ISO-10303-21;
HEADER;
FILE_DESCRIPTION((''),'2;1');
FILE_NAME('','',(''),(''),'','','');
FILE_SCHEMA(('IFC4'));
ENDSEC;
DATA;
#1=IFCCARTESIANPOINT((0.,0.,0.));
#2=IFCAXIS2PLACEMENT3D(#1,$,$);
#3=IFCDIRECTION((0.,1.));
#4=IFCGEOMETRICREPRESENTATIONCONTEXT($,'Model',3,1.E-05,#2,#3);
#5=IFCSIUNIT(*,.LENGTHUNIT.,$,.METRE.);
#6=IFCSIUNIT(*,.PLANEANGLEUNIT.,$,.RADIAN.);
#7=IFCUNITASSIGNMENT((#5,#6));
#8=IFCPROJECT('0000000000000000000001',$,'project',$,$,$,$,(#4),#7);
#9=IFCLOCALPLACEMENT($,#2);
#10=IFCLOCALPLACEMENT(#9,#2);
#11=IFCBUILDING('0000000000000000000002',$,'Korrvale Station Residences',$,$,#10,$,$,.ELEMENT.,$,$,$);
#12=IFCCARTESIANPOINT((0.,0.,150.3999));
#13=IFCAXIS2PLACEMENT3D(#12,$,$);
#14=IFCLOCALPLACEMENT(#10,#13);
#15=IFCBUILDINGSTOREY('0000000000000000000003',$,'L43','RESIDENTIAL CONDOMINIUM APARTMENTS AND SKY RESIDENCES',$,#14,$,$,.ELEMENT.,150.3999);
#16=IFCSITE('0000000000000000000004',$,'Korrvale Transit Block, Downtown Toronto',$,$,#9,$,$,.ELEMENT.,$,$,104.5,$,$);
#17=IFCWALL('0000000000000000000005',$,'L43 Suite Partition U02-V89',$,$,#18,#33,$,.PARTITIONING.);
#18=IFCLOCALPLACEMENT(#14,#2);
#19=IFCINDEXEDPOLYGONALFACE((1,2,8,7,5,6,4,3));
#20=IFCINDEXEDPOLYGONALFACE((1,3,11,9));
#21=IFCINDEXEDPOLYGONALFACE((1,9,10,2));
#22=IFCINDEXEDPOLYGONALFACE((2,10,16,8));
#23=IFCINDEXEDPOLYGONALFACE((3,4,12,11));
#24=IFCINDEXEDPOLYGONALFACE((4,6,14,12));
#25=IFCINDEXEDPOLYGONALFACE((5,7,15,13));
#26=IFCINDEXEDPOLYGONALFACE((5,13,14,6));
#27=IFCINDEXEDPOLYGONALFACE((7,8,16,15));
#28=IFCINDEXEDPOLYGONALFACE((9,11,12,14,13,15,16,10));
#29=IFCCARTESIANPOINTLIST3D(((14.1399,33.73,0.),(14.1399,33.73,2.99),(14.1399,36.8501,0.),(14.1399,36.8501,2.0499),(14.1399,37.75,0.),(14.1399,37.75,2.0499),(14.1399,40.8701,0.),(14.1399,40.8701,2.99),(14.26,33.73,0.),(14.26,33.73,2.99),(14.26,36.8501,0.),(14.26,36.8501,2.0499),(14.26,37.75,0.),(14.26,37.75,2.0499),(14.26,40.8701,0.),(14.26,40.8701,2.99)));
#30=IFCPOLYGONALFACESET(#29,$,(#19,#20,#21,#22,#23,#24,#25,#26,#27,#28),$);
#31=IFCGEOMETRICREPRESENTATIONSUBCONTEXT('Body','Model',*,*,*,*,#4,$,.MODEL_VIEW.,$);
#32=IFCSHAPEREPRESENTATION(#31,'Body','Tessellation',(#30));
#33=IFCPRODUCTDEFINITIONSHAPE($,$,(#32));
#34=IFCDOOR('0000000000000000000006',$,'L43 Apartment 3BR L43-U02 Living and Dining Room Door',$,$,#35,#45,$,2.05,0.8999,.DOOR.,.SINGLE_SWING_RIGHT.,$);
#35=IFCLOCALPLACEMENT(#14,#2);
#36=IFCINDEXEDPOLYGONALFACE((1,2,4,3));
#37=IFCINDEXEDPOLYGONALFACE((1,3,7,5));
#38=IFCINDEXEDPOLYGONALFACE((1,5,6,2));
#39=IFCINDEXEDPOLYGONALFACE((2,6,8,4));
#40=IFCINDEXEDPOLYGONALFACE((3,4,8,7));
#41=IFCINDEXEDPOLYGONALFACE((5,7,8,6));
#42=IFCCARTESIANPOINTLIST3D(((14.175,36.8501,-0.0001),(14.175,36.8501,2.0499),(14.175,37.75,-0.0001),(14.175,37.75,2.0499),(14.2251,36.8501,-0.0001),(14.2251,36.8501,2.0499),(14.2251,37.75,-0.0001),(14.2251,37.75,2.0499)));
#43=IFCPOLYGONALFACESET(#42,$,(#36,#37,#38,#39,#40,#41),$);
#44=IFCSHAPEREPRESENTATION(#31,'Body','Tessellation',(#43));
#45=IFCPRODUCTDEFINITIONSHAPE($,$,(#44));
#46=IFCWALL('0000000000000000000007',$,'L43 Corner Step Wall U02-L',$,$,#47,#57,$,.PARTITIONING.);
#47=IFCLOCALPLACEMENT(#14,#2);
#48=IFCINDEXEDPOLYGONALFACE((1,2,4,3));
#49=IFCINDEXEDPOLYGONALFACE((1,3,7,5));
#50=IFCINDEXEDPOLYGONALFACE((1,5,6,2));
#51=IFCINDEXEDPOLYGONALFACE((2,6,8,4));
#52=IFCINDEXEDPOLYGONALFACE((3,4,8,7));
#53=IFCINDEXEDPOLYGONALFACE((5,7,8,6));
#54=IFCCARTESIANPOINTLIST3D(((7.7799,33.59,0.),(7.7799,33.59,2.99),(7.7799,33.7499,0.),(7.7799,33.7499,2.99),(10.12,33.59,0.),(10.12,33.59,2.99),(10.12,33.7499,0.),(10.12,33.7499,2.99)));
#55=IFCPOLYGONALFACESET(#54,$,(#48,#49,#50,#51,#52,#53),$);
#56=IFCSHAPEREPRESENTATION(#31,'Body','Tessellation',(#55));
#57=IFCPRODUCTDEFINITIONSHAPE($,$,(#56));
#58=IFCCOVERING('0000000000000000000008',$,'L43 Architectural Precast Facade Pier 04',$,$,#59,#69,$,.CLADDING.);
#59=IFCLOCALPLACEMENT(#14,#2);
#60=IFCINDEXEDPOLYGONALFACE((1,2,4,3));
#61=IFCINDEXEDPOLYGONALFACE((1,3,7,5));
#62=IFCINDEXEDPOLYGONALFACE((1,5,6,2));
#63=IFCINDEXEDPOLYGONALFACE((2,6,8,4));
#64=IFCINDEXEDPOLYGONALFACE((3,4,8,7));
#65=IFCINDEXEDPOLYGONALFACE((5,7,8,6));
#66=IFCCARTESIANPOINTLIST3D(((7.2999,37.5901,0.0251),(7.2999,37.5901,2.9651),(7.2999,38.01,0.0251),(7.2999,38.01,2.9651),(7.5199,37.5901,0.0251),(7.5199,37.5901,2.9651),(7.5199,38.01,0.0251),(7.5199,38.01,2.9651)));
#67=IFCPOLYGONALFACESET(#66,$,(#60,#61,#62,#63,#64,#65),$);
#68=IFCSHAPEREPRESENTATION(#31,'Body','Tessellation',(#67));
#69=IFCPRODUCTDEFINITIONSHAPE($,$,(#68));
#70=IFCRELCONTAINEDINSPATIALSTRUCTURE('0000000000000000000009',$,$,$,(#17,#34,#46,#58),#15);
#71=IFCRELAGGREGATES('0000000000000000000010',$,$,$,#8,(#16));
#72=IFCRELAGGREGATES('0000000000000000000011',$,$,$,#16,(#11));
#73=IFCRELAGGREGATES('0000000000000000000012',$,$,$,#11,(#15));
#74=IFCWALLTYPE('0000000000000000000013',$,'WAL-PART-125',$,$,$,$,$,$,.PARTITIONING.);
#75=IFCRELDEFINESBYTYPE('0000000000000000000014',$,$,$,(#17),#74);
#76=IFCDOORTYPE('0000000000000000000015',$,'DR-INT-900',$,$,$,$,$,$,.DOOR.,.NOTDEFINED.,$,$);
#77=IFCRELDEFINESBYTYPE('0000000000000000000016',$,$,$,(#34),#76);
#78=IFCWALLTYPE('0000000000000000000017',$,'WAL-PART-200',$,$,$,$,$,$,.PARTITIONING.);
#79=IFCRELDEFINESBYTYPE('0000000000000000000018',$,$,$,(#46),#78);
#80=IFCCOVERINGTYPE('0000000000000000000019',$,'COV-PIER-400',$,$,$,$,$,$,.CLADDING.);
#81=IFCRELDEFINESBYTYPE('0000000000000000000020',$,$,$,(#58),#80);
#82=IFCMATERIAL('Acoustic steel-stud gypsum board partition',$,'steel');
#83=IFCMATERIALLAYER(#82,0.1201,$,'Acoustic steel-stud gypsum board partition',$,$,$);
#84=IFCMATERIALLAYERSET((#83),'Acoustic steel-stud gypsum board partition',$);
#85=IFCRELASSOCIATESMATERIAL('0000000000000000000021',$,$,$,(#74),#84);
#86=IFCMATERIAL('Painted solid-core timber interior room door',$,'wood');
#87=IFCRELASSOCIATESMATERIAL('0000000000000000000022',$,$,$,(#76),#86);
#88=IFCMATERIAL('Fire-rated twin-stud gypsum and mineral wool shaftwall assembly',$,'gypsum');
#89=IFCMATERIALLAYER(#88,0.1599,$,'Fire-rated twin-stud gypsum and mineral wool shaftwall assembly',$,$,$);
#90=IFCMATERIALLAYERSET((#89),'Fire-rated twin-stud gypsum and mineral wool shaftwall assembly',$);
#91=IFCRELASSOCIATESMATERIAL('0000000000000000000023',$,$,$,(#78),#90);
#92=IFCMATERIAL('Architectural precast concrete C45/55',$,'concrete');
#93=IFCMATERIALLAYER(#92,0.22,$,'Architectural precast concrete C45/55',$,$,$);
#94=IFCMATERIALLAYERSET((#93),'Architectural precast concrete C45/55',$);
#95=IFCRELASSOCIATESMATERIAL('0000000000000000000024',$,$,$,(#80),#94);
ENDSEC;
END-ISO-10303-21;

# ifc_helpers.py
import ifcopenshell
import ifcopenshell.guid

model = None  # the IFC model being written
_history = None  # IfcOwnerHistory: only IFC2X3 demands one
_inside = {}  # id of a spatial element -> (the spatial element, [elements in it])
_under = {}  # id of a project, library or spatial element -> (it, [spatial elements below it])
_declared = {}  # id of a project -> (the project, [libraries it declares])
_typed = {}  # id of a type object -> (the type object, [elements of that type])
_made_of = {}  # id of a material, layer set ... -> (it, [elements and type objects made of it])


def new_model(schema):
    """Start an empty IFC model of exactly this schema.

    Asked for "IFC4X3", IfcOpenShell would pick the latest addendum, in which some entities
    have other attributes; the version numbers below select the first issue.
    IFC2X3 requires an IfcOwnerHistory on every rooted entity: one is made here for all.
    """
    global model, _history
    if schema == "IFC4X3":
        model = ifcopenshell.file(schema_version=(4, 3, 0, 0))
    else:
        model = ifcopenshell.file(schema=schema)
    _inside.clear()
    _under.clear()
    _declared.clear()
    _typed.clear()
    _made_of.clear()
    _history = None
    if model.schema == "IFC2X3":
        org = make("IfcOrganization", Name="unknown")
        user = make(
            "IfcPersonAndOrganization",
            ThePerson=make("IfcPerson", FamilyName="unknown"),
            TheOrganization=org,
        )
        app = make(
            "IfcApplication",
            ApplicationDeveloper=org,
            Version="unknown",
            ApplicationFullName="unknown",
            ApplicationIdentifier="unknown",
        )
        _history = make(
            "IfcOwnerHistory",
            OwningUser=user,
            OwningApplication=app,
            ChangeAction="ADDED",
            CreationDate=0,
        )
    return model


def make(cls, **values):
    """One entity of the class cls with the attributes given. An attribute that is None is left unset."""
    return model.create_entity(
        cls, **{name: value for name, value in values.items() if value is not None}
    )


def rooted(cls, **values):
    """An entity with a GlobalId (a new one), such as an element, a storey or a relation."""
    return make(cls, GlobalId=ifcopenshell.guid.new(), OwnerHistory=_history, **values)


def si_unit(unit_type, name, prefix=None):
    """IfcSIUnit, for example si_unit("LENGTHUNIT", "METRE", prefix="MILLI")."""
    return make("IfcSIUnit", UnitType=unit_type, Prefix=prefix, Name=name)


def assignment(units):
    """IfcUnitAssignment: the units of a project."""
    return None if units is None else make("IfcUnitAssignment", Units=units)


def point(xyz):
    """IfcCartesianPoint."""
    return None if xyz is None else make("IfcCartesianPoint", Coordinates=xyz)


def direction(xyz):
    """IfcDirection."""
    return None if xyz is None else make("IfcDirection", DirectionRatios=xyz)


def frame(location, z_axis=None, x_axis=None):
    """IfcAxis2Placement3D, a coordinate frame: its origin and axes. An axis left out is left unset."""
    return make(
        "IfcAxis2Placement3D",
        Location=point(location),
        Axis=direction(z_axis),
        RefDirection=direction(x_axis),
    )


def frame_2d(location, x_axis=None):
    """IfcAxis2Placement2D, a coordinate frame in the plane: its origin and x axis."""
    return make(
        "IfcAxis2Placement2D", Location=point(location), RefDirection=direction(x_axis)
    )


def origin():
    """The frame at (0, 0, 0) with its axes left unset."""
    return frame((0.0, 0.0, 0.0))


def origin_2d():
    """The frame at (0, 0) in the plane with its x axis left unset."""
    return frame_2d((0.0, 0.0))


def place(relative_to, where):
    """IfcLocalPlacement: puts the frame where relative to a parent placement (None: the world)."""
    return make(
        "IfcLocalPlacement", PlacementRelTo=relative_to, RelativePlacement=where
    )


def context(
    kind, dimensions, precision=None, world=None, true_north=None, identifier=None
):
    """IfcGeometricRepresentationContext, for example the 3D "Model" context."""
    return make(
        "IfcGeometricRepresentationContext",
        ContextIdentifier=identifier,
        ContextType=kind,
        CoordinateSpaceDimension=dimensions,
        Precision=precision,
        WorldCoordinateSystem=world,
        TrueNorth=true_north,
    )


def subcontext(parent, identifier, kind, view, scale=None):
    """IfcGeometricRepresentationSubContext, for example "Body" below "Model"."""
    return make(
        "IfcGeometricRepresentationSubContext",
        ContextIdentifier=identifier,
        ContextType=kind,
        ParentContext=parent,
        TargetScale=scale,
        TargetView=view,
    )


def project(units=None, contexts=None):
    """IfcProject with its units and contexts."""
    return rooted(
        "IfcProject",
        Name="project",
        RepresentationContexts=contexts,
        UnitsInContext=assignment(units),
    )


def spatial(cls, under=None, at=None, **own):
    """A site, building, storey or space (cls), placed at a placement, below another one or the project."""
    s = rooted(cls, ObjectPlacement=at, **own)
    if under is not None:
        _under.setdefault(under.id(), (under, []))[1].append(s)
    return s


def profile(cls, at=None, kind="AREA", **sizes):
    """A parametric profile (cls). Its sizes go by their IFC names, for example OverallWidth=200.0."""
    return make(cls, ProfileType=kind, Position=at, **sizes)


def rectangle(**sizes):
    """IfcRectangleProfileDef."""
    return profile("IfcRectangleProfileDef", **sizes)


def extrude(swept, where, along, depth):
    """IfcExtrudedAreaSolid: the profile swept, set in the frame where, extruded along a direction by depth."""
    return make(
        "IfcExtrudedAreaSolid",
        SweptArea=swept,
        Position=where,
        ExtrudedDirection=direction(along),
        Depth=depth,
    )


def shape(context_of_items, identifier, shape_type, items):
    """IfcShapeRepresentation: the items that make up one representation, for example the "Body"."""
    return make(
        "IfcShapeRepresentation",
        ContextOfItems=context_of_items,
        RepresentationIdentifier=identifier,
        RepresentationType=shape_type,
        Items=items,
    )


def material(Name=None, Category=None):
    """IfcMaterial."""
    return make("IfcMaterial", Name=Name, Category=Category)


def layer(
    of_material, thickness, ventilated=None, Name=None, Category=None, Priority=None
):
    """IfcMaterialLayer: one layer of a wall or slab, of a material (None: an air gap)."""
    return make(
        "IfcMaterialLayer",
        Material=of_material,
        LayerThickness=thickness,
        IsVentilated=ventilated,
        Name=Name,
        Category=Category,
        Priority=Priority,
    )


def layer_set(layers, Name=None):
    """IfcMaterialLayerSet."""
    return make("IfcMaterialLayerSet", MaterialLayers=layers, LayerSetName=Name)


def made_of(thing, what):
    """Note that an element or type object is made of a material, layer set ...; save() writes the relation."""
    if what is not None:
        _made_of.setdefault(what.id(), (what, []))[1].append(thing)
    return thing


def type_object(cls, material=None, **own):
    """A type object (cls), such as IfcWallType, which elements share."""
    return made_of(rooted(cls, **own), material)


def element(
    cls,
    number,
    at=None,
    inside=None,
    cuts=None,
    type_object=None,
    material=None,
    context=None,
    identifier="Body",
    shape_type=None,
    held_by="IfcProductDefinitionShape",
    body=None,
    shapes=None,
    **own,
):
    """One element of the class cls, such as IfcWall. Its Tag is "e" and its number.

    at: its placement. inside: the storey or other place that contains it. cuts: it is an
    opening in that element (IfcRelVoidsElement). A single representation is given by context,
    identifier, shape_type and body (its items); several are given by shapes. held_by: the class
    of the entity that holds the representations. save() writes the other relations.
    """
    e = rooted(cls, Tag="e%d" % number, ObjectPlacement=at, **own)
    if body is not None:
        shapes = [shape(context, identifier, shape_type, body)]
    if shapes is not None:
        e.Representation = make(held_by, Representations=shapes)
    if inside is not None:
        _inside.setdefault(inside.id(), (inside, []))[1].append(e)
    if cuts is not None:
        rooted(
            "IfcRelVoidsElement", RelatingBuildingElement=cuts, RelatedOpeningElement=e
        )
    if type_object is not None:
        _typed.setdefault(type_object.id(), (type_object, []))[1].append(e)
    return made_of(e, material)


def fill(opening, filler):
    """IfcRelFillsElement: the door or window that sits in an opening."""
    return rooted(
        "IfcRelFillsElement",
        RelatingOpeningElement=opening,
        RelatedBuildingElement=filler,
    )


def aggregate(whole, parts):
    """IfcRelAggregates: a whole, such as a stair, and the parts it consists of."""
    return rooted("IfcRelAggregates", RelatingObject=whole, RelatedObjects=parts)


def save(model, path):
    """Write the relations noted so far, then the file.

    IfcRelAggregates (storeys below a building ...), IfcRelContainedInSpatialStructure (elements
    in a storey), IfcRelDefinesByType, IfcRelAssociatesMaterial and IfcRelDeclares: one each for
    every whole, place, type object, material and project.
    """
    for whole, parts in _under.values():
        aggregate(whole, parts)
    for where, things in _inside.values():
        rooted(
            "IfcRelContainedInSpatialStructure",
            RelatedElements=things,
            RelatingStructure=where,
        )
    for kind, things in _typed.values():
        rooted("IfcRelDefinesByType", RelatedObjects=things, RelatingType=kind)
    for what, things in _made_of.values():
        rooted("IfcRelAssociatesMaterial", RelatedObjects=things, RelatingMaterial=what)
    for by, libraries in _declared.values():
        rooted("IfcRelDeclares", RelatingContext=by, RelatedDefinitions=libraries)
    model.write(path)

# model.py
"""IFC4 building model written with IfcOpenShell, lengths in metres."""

from ifc_helpers import new_model, si_unit, direction, frame, frame_2d, origin, origin_2d, place, context, subcontext, project, spatial, rectangle, extrude, material, layer, layer_set, type_object, element, fill, save


model = new_model("IFC4")

# Units and contexts
model_context = context("Model", 3, precision=1e-05, world=origin(), true_north=direction((0.0, 1.0)))
body_context = subcontext(model_context, "Body", "Model", "MODEL_VIEW")
ifc_project = project(units=[si_unit("LENGTHUNIT", "METRE"), si_unit("PLANEANGLEUNIT", "RADIAN")], contexts=[model_context])

# Site, building, storey
site_placement = place(None, origin())
site = spatial("IfcSite", under=ifc_project, at=site_placement, Name="Korrvale Transit Block, Downtown Toronto", CompositionType="ELEMENT", RefElevation=104.5)
building_placement = place(site_placement, origin())
building = spatial("IfcBuilding", under=site, at=building_placement, Name="Korrvale Station Residences", CompositionType="ELEMENT")
storey_placement = place(building_placement, frame((0.0, 0.0, 150.3999)))
storey = spatial("IfcBuildingStorey", under=building, at=storey_placement, Name="L43", Description="RESIDENTIAL CONDOMINIUM APARTMENTS AND SKY RESIDENCES", CompositionType="ELEMENT", Elevation=150.3999)

# Shared definitions
ifc_material_1 = material(Name="Acoustic steel-stud gypsum board partition", Category="steel")
ifc_layer_1 = layer(ifc_material_1, 0.1201, Name="Acoustic steel-stud gypsum board partition")
ifc_layer_set_1 = layer_set([ifc_layer_1], Name="Acoustic steel-stud gypsum board partition")
wall_type_1 = type_object("IfcWallType", Name="WAL-PART-125", PredefinedType="PARTITIONING", material=ifc_layer_set_1)

# Wall, opening, door
ifc_material_2 = material(Name="Painted solid-core timber interior room door", Category="wood")
door_type_1 = type_object("IfcDoorType", Name="DR-INT-900", OperationType="NOTDEFINED", PredefinedType="DOOR", material=ifc_material_2)
wall_1_placement = place(storey_placement, frame((14.2, 33.73, 0.0), z_axis=(0.0, 0.0, 1.0), x_axis=(0.0, 1.0, 0.0)))
wall_1 = element("IfcWall", 1, at=wall_1_placement, inside=storey, type_object=wall_type_1, Name="L43 Suite Partition U02-V89", PredefinedType="PARTITIONING", context=body_context, shape_type="SweptSolid", body=[
    extrude(rectangle(XDim=7.1401, YDim=0.1201, at=frame_2d((3.5701, 0.0))), origin(), (0.0, 0.0, 1.0), 2.99),
])
opening_1_placement = place(wall_1_placement, frame((3.1201, 0.0, 0.0)))
opening_1 = element("IfcOpeningElement", 2, at=opening_1_placement, cuts=wall_1, PredefinedType="OPENING", context=body_context, shape_type="SweptSolid", body=[
    extrude(rectangle(XDim=0.8999, YDim=2.05, at=frame_2d((0.45, 1.0249))), frame((0.0, 0.0701, 0.0), z_axis=(0.0, -1.0, 0.0), x_axis=(1.0, 0.0, 0.0)), (0.0, 0.0, 1.0), 0.1401),
])
door_1_placement = place(opening_1_placement, origin())
door_1 = element("IfcDoor", 3, at=door_1_placement, inside=storey, type_object=door_type_1, Name="L43 Apartment 3BR L43-U02 Living and Dining Room Door", OperationType="SINGLE_SWING_RIGHT", OverallHeight=2.05, OverallWidth=0.8999, PredefinedType="DOOR", context=body_context, shape_type="SweptSolid", body=[
    extrude(rectangle(XDim=0.8999, YDim=2.05, at=frame_2d((0.45, 1.0249))), frame((0.0, 0.0249, 0.0), z_axis=(0.0, -1.0, 0.0), x_axis=(1.0, 0.0, 0.0)), (0.0, 0.0, 1.0), 0.05),
])
fill(opening_1, door_1)

# Wall
ifc_material_3 = material(Name="Fire-rated twin-stud gypsum and mineral wool shaftwall assembly", Category="gypsum")
ifc_layer_2 = layer(ifc_material_3, 0.1599, Name="Fire-rated twin-stud gypsum and mineral wool shaftwall assembly")
ifc_layer_set_2 = layer_set([ifc_layer_2], Name="Fire-rated twin-stud gypsum and mineral wool shaftwall assembly")
wall_type_2 = type_object("IfcWallType", Name="WAL-PART-200", PredefinedType="PARTITIONING", material=ifc_layer_set_2)
wall_2_placement = place(storey_placement, frame((7.78, 33.6699, 0.0), z_axis=(0.0, 0.0, 1.0), x_axis=(1.0, 0.0, 0.0)))
element("IfcWall", 4, at=wall_2_placement, inside=storey, type_object=wall_type_2, Name="L43 Corner Step Wall U02-L", PredefinedType="PARTITIONING", context=body_context, shape_type="SweptSolid", body=[
    extrude(rectangle(XDim=2.3401, YDim=0.1599, at=frame_2d((1.1699, 0.0))), origin(), (0.0, 0.0, 1.0), 2.99),
])

# Covering
ifc_material_4 = material(Name="Architectural precast concrete C45/55", Category="concrete")
ifc_layer_3 = layer(ifc_material_4, 0.22, Name="Architectural precast concrete C45/55")
ifc_layer_set_3 = layer_set([ifc_layer_3], Name="Architectural precast concrete C45/55")
covering_type = type_object("IfcCoveringType", Name="COV-PIER-400", PredefinedType="CLADDING", material=ifc_layer_set_3)
covering_placement = place(storey_placement, frame((7.4099, 37.8, 0.0251), z_axis=(0.0, 0.0, 1.0), x_axis=(0.0, 1.0, 0.0)))
element("IfcCovering", 5, at=covering_placement, inside=storey, type_object=covering_type, Name="L43 Architectural Precast Facade Pier 04", PredefinedType="CLADDING", context=body_context, shape_type="SweptSolid", body=[
    extrude(rectangle(XDim=0.4199, YDim=0.22, at=origin_2d()), origin(), (0.0, 0.0, 1.0), 2.9399),
])

save(model, "model.ifc")
